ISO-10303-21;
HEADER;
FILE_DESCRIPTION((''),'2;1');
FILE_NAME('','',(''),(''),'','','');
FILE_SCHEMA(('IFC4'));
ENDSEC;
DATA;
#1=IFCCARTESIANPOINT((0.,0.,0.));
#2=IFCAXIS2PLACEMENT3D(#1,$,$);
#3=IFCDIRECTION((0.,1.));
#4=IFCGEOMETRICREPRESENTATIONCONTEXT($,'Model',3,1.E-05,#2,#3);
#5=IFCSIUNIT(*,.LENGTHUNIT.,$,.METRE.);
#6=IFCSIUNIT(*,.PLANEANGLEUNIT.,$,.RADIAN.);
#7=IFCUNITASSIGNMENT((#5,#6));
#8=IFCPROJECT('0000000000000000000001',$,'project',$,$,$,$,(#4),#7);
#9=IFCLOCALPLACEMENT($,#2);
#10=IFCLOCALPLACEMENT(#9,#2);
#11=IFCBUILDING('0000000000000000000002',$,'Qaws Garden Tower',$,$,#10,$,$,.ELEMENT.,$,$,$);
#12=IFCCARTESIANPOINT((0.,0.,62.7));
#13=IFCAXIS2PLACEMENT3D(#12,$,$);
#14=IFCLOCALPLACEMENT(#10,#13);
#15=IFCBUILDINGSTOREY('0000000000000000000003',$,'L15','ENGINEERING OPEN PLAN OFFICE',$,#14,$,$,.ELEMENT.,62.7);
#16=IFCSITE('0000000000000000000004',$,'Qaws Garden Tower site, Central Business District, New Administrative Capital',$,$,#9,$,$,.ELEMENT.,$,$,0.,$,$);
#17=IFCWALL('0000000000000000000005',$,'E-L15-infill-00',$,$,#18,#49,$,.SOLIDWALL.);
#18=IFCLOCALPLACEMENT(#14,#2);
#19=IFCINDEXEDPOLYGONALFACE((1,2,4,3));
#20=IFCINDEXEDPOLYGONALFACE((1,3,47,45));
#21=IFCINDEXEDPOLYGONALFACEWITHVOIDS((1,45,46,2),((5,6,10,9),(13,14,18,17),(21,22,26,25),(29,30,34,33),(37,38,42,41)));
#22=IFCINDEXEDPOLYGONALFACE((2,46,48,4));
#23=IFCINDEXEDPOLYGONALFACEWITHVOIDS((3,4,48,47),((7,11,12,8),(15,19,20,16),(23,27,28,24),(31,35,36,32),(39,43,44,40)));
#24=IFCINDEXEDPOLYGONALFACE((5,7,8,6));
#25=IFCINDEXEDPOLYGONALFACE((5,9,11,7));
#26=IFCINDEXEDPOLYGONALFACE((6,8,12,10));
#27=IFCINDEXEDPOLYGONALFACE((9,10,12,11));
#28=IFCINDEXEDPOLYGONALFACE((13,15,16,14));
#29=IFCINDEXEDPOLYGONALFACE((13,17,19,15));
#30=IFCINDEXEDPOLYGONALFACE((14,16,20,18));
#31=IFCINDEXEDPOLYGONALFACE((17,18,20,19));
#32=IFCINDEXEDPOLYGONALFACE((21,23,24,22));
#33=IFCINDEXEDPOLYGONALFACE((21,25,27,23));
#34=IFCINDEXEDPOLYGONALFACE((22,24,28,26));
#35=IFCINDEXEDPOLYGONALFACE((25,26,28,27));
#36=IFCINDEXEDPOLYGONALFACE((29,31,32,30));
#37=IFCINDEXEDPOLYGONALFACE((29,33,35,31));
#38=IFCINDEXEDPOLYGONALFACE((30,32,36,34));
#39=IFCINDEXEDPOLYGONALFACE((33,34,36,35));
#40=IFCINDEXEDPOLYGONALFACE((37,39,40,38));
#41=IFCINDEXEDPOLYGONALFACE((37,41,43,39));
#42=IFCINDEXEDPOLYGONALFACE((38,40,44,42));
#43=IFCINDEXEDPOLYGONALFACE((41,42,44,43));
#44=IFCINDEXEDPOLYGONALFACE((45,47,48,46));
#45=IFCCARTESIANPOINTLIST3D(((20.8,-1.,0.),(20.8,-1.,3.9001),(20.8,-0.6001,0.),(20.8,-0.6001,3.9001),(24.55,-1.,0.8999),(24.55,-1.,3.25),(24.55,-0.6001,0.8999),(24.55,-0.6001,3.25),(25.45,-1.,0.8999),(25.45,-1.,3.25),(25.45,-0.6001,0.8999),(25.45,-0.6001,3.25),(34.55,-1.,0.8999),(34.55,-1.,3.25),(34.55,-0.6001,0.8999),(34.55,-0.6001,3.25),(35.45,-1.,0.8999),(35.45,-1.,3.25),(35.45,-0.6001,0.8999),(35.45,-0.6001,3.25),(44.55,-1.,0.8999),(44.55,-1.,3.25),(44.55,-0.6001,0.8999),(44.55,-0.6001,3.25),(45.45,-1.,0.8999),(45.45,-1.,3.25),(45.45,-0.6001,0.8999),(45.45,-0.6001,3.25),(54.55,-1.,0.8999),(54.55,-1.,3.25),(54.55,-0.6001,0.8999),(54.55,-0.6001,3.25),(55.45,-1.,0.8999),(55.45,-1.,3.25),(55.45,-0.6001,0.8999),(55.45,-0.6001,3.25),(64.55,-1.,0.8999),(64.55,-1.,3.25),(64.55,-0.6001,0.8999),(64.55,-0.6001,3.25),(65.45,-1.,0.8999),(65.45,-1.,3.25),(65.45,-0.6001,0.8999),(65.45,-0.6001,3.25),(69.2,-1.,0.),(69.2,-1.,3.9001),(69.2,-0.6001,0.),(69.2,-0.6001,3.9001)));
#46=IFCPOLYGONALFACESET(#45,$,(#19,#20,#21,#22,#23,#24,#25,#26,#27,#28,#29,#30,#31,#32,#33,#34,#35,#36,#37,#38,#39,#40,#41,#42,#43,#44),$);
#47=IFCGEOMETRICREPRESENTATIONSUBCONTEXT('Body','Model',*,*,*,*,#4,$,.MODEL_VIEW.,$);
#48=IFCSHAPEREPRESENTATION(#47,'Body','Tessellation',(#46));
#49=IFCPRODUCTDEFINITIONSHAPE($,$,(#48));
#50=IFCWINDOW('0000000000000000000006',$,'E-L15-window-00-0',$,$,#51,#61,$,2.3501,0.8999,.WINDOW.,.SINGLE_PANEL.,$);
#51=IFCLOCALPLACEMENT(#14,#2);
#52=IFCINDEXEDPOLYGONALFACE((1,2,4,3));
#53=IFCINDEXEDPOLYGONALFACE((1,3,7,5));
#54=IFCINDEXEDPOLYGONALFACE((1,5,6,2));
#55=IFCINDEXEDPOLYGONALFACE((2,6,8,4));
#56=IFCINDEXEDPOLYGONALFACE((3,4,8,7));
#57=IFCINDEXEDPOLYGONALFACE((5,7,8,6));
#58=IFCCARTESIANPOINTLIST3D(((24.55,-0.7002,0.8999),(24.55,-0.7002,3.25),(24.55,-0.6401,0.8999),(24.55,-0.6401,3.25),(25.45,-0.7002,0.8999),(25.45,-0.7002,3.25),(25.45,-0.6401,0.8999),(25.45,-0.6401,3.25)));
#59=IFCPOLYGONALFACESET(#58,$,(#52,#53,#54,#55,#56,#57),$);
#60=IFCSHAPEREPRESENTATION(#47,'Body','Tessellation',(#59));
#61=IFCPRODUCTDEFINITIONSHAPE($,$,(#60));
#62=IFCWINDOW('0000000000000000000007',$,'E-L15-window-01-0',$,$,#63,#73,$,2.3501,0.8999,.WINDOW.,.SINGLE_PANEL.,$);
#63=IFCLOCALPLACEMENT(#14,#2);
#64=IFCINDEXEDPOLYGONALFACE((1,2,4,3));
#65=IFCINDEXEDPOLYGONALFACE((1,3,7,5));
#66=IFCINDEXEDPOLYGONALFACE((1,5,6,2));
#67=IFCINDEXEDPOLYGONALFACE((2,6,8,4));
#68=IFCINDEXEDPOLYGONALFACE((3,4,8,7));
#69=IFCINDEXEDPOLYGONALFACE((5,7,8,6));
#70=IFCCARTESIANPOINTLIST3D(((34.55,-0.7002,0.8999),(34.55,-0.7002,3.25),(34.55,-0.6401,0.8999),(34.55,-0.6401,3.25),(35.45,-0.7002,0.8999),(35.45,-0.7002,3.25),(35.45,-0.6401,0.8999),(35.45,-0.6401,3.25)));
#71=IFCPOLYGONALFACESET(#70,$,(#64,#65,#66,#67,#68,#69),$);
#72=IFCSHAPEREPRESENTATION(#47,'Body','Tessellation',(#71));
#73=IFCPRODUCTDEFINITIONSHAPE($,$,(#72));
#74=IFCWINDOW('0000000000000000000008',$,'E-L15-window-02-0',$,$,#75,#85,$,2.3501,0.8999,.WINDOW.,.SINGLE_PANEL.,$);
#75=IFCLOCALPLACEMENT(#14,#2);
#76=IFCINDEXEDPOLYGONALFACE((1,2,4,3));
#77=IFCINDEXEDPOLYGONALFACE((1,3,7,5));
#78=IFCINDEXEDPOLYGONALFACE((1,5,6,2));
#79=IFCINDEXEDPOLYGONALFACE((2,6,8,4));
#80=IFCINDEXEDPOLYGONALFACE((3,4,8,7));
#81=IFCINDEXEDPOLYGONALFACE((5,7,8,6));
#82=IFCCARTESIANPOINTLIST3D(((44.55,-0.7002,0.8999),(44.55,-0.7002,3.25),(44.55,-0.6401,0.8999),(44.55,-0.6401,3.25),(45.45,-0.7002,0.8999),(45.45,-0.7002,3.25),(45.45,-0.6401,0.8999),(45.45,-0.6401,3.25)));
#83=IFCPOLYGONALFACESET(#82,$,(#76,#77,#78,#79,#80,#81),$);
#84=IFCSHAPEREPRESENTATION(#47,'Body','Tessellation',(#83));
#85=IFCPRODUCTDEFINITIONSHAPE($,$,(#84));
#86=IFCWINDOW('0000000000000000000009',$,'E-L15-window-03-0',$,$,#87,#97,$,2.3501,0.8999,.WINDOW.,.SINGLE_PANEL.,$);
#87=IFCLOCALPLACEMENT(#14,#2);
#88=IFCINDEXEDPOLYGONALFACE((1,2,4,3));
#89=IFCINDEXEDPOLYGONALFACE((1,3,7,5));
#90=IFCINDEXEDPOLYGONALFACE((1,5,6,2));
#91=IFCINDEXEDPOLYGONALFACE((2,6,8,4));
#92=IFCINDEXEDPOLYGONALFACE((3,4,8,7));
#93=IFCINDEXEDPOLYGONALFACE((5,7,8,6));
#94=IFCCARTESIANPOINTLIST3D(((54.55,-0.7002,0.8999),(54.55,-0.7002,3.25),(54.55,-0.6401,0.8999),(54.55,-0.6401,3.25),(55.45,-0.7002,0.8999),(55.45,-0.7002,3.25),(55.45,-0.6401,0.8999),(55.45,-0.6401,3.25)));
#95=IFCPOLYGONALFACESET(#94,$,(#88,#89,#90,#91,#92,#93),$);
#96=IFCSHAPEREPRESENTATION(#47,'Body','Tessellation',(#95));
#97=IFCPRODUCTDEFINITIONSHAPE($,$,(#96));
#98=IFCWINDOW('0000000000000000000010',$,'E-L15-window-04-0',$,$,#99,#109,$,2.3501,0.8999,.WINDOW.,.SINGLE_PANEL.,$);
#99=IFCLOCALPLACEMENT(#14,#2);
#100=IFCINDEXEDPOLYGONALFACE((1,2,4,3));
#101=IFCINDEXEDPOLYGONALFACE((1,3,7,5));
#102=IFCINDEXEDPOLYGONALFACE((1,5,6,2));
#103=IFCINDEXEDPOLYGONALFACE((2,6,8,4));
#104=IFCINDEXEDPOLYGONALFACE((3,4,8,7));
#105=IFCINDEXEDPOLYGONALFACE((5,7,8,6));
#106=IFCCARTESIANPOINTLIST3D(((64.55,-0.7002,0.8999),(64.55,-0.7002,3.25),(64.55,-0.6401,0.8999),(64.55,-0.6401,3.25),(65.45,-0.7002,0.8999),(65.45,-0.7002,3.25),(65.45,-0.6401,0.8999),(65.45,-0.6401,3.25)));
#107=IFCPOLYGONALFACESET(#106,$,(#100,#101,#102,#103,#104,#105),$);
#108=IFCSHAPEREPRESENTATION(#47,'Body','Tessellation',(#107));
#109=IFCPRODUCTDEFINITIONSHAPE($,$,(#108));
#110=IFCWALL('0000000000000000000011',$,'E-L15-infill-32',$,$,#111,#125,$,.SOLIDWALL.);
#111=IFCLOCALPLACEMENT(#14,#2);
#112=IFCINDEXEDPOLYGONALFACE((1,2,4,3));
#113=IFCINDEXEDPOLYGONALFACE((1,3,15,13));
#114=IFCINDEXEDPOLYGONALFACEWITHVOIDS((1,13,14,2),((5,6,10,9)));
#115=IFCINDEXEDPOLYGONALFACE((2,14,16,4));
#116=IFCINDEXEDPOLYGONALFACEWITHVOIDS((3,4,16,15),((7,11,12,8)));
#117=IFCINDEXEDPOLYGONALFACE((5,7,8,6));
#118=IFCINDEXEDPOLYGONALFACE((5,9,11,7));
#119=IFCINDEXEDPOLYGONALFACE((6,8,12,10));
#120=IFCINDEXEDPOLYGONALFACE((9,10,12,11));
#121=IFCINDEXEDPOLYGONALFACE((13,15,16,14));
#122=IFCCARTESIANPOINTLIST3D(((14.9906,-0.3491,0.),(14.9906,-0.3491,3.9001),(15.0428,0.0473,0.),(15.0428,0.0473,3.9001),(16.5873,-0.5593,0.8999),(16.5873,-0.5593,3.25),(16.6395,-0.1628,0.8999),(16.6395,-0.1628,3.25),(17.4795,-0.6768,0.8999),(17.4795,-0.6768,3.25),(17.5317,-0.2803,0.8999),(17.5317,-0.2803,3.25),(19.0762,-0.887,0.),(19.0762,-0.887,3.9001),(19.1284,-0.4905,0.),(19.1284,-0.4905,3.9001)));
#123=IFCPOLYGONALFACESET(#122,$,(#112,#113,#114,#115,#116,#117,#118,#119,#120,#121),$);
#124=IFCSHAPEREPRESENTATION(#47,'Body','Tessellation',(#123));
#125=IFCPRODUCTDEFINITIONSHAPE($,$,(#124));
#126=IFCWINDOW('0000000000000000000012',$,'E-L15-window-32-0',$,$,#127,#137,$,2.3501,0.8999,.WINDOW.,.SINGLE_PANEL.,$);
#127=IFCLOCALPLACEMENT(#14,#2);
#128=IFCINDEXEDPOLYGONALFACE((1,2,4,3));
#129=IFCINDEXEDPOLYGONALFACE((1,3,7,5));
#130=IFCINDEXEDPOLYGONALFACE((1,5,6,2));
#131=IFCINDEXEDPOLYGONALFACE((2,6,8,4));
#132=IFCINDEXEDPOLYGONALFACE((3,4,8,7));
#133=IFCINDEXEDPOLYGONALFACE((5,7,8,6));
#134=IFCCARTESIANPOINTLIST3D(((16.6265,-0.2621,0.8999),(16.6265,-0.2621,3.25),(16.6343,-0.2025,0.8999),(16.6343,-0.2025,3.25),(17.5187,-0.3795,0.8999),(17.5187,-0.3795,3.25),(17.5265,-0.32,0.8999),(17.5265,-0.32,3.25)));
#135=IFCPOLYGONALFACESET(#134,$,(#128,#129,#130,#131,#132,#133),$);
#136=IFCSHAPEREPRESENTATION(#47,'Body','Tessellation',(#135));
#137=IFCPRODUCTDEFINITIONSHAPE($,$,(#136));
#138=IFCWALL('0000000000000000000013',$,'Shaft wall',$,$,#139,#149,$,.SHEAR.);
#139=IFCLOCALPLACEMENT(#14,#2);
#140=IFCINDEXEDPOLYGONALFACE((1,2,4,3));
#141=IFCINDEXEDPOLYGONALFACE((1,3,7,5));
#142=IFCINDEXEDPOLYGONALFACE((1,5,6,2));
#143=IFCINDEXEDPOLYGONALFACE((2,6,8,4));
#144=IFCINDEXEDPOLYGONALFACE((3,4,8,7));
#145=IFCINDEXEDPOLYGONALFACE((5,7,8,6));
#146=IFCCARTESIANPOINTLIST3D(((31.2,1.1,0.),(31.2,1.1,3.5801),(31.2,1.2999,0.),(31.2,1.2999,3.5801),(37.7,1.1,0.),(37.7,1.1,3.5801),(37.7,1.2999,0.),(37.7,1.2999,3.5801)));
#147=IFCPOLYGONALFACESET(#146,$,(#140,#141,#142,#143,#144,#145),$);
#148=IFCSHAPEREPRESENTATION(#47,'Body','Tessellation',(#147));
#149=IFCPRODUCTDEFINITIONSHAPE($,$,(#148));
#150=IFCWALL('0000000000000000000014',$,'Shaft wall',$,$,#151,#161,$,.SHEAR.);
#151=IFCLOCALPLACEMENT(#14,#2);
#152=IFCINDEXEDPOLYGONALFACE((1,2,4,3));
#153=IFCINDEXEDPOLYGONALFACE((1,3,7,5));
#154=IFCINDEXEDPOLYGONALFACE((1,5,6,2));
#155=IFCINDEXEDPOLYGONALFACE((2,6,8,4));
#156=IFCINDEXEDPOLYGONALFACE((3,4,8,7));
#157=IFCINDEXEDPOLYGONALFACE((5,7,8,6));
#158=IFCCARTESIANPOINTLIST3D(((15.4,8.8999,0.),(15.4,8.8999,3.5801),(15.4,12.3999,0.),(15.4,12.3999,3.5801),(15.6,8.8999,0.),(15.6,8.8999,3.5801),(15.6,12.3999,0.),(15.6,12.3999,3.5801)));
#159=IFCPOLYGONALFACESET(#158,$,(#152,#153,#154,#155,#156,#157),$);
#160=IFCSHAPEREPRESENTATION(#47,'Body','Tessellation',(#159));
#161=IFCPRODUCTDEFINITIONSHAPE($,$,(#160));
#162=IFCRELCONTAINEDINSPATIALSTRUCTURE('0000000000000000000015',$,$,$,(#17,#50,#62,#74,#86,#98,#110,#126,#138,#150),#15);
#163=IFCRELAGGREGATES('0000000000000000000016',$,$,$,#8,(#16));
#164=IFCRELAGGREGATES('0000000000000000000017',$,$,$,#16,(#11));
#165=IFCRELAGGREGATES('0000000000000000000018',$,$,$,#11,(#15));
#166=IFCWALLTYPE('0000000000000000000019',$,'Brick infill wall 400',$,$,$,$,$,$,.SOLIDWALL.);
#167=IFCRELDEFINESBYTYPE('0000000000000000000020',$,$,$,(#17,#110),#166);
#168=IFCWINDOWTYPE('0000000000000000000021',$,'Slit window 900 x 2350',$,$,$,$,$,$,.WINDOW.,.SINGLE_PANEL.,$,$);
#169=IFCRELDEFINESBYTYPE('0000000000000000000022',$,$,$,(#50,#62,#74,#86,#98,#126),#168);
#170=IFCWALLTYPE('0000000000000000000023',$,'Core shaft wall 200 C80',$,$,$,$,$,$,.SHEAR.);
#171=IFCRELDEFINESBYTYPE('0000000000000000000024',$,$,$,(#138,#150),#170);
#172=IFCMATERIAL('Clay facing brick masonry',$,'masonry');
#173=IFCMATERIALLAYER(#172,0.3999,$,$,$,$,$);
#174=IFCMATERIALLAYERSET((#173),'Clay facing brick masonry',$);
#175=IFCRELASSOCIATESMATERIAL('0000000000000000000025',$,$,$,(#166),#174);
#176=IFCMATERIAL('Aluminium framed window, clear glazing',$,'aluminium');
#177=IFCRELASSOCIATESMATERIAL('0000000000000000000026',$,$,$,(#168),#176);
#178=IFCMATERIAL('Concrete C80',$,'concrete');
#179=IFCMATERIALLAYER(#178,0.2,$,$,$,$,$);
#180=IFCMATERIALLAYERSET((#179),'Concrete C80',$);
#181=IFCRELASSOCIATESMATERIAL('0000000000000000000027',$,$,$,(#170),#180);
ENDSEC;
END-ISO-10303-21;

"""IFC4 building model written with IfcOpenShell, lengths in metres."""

from ifc_helpers import new_model, si_unit, direction, frame, frame_2d, origin, place, context, subcontext, project, spatial, rectangle, extrude, material, layer, layer_set, type_object, element, fill, save


model = new_model("IFC4")

# Units and contexts
model_context = context("Model", 3, precision=1e-05, world=origin(), true_north=direction((0.0, 1.0)))
body_context = subcontext(model_context, "Body", "Model", "MODEL_VIEW")
ifc_project = project(units=[si_unit("LENGTHUNIT", "METRE"), si_unit("PLANEANGLEUNIT", "RADIAN")], contexts=[model_context])

# Site, building, storey
site_placement = place(None, origin())
site = spatial("IfcSite", under=ifc_project, at=site_placement, Name="Qaws Garden Tower site, Central Business District, New Administrative Capital", CompositionType="ELEMENT", RefElevation=0.0)
building_placement = place(site_placement, origin())
building = spatial("IfcBuilding", under=site, at=building_placement, Name="Qaws Garden Tower", CompositionType="ELEMENT")
storey_placement = place(building_placement, frame((0.0, 0.0, 62.7)))
storey = spatial("IfcBuildingStorey", under=building, at=storey_placement, Name="L15", Description="ENGINEERING OPEN PLAN OFFICE", CompositionType="ELEMENT", Elevation=62.7)

# Wall, openings, windows
ifc_material_1 = material(Name="Clay facing brick masonry", Category="masonry")
ifc_layer_1 = layer(ifc_material_1, 0.3999)
ifc_layer_set_1 = layer_set([ifc_layer_1], Name="Clay facing brick masonry")
wall_type_1 = type_object("IfcWallType", Name="Brick infill wall 400", PredefinedType="SOLIDWALL", material=ifc_layer_set_1)
wall_1_placement = place(storey_placement, frame((20.8, -0.8, 0.0), z_axis=(0.0, 0.0, 1.0), x_axis=(1.0, 0.0, 0.0)))
wall_1 = element("IfcWall", 1, at=wall_1_placement, inside=storey, type_object=wall_type_1, Name="E-L15-infill-00", PredefinedType="SOLIDWALL", context=body_context, shape_type="SweptSolid", body=[
    extrude(rectangle(XDim=48.3999, YDim=0.3999, at=frame_2d((24.2, 0.0))), origin(), (0.0, 0.0, 1.0), 3.9001),
])
opening_1_placement = place(wall_1_placement, frame((3.75, 0.0, 0.8999)))
opening_1 = element("IfcOpeningElement", 2, at=opening_1_placement, cuts=wall_1, PredefinedType="OPENING", context=body_context, shape_type="SweptSolid", body=[
    extrude(rectangle(XDim=0.8999, YDim=2.3501, at=frame_2d((0.45, 1.175))), frame((0.0, 0.21, 0.0), z_axis=(0.0, -1.0, 0.0), x_axis=(1.0, 0.0, 0.0)), (0.0, 0.0, 1.0), 0.4199),
])
opening_2_placement = place(wall_1_placement, frame((13.75, 0.0, 0.8999)))
opening_2 = element("IfcOpeningElement", 3, at=opening_2_placement, cuts=wall_1, PredefinedType="OPENING", context=body_context, shape_type="SweptSolid", body=[
    extrude(rectangle(XDim=0.8999, YDim=2.3501, at=frame_2d((0.45, 1.175))), frame((0.0, 0.21, 0.0), z_axis=(0.0, -1.0, 0.0), x_axis=(1.0, 0.0, 0.0)), (0.0, 0.0, 1.0), 0.4199),
])
opening_3_placement = place(wall_1_placement, frame((23.75, 0.0, 0.8999)))
opening_3 = element("IfcOpeningElement", 4, at=opening_3_placement, cuts=wall_1, PredefinedType="OPENING", context=body_context, shape_type="SweptSolid", body=[
    extrude(rectangle(XDim=0.8999, YDim=2.3501, at=frame_2d((0.45, 1.175))), frame((0.0, 0.21, 0.0), z_axis=(0.0, -1.0, 0.0), x_axis=(1.0, 0.0, 0.0)), (0.0, 0.0, 1.0), 0.4199),
])
opening_4_placement = place(wall_1_placement, frame((33.75, 0.0, 0.8999)))
opening_4 = element("IfcOpeningElement", 5, at=opening_4_placement, cuts=wall_1, PredefinedType="OPENING", context=body_context, shape_type="SweptSolid", body=[
    extrude(rectangle(XDim=0.8999, YDim=2.3501, at=frame_2d((0.45, 1.175))), frame((0.0, 0.21, 0.0), z_axis=(0.0, -1.0, 0.0), x_axis=(1.0, 0.0, 0.0)), (0.0, 0.0, 1.0), 0.4199),
])
opening_5_placement = place(wall_1_placement, frame((43.75, 0.0, 0.8999)))
opening_5 = element("IfcOpeningElement", 6, at=opening_5_placement, cuts=wall_1, PredefinedType="OPENING", context=body_context, shape_type="SweptSolid", body=[
    extrude(rectangle(XDim=0.8999, YDim=2.3501, at=frame_2d((0.45, 1.175))), frame((0.0, 0.21, 0.0), z_axis=(0.0, -1.0, 0.0), x_axis=(1.0, 0.0, 0.0)), (0.0, 0.0, 1.0), 0.4199),
])
ifc_material_2 = material(Name="Aluminium framed window, clear glazing", Category="aluminium")
window_type = type_object("IfcWindowType", Name="Slit window 900 x 2350", PartitioningType="SINGLE_PANEL", PredefinedType="WINDOW", material=ifc_material_2)
window_1_placement = place(opening_1_placement, origin())
window_1 = element("IfcWindow", 7, at=window_1_placement, inside=storey, type_object=window_type, Name="E-L15-window-00-0", OverallHeight=2.3501, OverallWidth=0.8999, PartitioningType="SINGLE_PANEL", PredefinedType="WINDOW", context=body_context, shape_type="SweptSolid", body=[
    extrude(rectangle(XDim=0.8999, YDim=2.3501, at=frame_2d((0.45, 1.175))), frame((0.0, 0.1599, 0.0), z_axis=(0.0, -1.0, 0.0), x_axis=(1.0, 0.0, 0.0)), (0.0, 0.0, 1.0), 0.0601),
])
fill(opening_1, window_1)
window_2_placement = place(opening_2_placement, origin())
window_2 = element("IfcWindow", 8, at=window_2_placement, inside=storey, type_object=window_type, Name="E-L15-window-01-0", OverallHeight=2.3501, OverallWidth=0.8999, PartitioningType="SINGLE_PANEL", PredefinedType="WINDOW", context=body_context, shape_type="SweptSolid", body=[
    extrude(rectangle(XDim=0.8999, YDim=2.3501, at=frame_2d((0.45, 1.175))), frame((0.0, 0.1599, 0.0), z_axis=(0.0, -1.0, 0.0), x_axis=(1.0, 0.0, 0.0)), (0.0, 0.0, 1.0), 0.0601),
])
fill(opening_2, window_2)
window_3_placement = place(opening_3_placement, origin())
window_3 = element("IfcWindow", 9, at=window_3_placement, inside=storey, type_object=window_type, Name="E-L15-window-02-0", OverallHeight=2.3501, OverallWidth=0.8999, PartitioningType="SINGLE_PANEL", PredefinedType="WINDOW", context=body_context, shape_type="SweptSolid", body=[
    extrude(rectangle(XDim=0.8999, YDim=2.3501, at=frame_2d((0.45, 1.175))), frame((0.0, 0.1599, 0.0), z_axis=(0.0, -1.0, 0.0), x_axis=(1.0, 0.0, 0.0)), (0.0, 0.0, 1.0), 0.0601),
])
fill(opening_3, window_3)
window_4_placement = place(opening_4_placement, origin())
window_4 = element("IfcWindow", 10, at=window_4_placement, inside=storey, type_object=window_type, Name="E-L15-window-03-0", OverallHeight=2.3501, OverallWidth=0.8999, PartitioningType="SINGLE_PANEL", PredefinedType="WINDOW", context=body_context, shape_type="SweptSolid", body=[
    extrude(rectangle(XDim=0.8999, YDim=2.3501, at=frame_2d((0.45, 1.175))), frame((0.0, 0.1599, 0.0), z_axis=(0.0, -1.0, 0.0), x_axis=(1.0, 0.0, 0.0)), (0.0, 0.0, 1.0), 0.0601),
])
fill(opening_4, window_4)
window_5_placement = place(opening_5_placement, origin())
window_5 = element("IfcWindow", 11, at=window_5_placement, inside=storey, type_object=window_type, Name="E-L15-window-04-0", OverallHeight=2.3501, OverallWidth=0.8999, PartitioningType="SINGLE_PANEL", PredefinedType="WINDOW", context=body_context, shape_type="SweptSolid", body=[
    extrude(rectangle(XDim=0.8999, YDim=2.3501, at=frame_2d((0.45, 1.175))), frame((0.0, 0.1599, 0.0), z_axis=(0.0, -1.0, 0.0), x_axis=(1.0, 0.0, 0.0)), (0.0, 0.0, 1.0), 0.0601),
])
fill(opening_5, window_5)

# Wall, opening, window
wall_2_placement = place(storey_placement, frame((15.0166, -0.1509, 0.0), z_axis=(0.0, 0.0, 1.0), x_axis=(0.991446, -0.130514, 0.0)))
wall_2 = element("IfcWall", 12, at=wall_2_placement, inside=storey, type_object=wall_type_1, Name="E-L15-infill-32", PredefinedType="SOLIDWALL", context=body_context, shape_type="SweptSolid", body=[
    extrude(rectangle(XDim=4.1208, YDim=0.3999, at=frame_2d((2.0605, 0.0))), origin(), (0.0, 0.0, 1.0), 3.9001),
])
opening_6_placement = place(wall_2_placement, frame((1.6106, 0.0, 0.8999)))
opening_6 = element("IfcOpeningElement", 13, at=opening_6_placement, cuts=wall_2, PredefinedType="OPENING", context=body_context, shape_type="SweptSolid", body=[
    extrude(rectangle(XDim=0.8999, YDim=2.3501, at=frame_2d((0.45, 1.175))), frame((0.0, 0.21, 0.0), z_axis=(0.0, -1.0, 0.0), x_axis=(1.0, 0.0, 0.0)), (0.0, 0.0, 1.0), 0.4199),
])
window_6_placement = place(opening_6_placement, origin())
window_6 = element("IfcWindow", 14, at=window_6_placement, inside=storey, type_object=window_type, Name="E-L15-window-32-0", OverallHeight=2.3501, OverallWidth=0.8999, PartitioningType="SINGLE_PANEL", PredefinedType="WINDOW", context=body_context, shape_type="SweptSolid", body=[
    extrude(rectangle(XDim=0.8999, YDim=2.3501, at=frame_2d((0.45, 1.175))), frame((0.0, 0.1599, 0.0), z_axis=(0.0, -1.0, 0.0), x_axis=(1.0, 0.0, 0.0)), (0.0, 0.0, 1.0), 0.0601),
])
fill(opening_6, window_6)

# Walls
ifc_material_3 = material(Name="Concrete C80", Category="concrete")
ifc_layer_2 = layer(ifc_material_3, 0.2)
ifc_layer_set_2 = layer_set([ifc_layer_2], Name="Concrete C80")
wall_type_2 = type_object("IfcWallType", Name="Core shaft wall 200 C80", PredefinedType="SHEAR", material=ifc_layer_set_2)
wall_3_placement = place(storey_placement, frame((31.2, 1.2, 0.0), z_axis=(0.0, 0.0, 1.0), x_axis=(1.0, 0.0, 0.0)))
element("IfcWall", 15, at=wall_3_placement, inside=storey, type_object=wall_type_2, Name="Shaft wall", PredefinedType="SHEAR", context=body_context, shape_type="SweptSolid", body=[
    extrude(rectangle(XDim=6.5, YDim=0.2, at=frame_2d((3.25, 0.0))), origin(), (0.0, 0.0, 1.0), 3.5801),
])
for number, where, z_axis, x_axis, name in (
    (16, (15.5, 8.8999, 0.0), (0.0, 0.0, 1.0), (0.0, 1.0, 0.0), "Shaft wall"),
):
    element("IfcWall", number, at=place(storey_placement, frame(where, z_axis=z_axis, x_axis=x_axis)), inside=storey, type_object=wall_type_2, Name=name, PredefinedType="SHEAR", context=body_context, shape_type="SweptSolid", body=[
        extrude(rectangle(XDim=3.5, YDim=0.2, at=frame_2d((1.75, 0.0))), origin(), (0.0, 0.0, 1.0), 3.5801),
    ])

save(model, "model.ifc")
